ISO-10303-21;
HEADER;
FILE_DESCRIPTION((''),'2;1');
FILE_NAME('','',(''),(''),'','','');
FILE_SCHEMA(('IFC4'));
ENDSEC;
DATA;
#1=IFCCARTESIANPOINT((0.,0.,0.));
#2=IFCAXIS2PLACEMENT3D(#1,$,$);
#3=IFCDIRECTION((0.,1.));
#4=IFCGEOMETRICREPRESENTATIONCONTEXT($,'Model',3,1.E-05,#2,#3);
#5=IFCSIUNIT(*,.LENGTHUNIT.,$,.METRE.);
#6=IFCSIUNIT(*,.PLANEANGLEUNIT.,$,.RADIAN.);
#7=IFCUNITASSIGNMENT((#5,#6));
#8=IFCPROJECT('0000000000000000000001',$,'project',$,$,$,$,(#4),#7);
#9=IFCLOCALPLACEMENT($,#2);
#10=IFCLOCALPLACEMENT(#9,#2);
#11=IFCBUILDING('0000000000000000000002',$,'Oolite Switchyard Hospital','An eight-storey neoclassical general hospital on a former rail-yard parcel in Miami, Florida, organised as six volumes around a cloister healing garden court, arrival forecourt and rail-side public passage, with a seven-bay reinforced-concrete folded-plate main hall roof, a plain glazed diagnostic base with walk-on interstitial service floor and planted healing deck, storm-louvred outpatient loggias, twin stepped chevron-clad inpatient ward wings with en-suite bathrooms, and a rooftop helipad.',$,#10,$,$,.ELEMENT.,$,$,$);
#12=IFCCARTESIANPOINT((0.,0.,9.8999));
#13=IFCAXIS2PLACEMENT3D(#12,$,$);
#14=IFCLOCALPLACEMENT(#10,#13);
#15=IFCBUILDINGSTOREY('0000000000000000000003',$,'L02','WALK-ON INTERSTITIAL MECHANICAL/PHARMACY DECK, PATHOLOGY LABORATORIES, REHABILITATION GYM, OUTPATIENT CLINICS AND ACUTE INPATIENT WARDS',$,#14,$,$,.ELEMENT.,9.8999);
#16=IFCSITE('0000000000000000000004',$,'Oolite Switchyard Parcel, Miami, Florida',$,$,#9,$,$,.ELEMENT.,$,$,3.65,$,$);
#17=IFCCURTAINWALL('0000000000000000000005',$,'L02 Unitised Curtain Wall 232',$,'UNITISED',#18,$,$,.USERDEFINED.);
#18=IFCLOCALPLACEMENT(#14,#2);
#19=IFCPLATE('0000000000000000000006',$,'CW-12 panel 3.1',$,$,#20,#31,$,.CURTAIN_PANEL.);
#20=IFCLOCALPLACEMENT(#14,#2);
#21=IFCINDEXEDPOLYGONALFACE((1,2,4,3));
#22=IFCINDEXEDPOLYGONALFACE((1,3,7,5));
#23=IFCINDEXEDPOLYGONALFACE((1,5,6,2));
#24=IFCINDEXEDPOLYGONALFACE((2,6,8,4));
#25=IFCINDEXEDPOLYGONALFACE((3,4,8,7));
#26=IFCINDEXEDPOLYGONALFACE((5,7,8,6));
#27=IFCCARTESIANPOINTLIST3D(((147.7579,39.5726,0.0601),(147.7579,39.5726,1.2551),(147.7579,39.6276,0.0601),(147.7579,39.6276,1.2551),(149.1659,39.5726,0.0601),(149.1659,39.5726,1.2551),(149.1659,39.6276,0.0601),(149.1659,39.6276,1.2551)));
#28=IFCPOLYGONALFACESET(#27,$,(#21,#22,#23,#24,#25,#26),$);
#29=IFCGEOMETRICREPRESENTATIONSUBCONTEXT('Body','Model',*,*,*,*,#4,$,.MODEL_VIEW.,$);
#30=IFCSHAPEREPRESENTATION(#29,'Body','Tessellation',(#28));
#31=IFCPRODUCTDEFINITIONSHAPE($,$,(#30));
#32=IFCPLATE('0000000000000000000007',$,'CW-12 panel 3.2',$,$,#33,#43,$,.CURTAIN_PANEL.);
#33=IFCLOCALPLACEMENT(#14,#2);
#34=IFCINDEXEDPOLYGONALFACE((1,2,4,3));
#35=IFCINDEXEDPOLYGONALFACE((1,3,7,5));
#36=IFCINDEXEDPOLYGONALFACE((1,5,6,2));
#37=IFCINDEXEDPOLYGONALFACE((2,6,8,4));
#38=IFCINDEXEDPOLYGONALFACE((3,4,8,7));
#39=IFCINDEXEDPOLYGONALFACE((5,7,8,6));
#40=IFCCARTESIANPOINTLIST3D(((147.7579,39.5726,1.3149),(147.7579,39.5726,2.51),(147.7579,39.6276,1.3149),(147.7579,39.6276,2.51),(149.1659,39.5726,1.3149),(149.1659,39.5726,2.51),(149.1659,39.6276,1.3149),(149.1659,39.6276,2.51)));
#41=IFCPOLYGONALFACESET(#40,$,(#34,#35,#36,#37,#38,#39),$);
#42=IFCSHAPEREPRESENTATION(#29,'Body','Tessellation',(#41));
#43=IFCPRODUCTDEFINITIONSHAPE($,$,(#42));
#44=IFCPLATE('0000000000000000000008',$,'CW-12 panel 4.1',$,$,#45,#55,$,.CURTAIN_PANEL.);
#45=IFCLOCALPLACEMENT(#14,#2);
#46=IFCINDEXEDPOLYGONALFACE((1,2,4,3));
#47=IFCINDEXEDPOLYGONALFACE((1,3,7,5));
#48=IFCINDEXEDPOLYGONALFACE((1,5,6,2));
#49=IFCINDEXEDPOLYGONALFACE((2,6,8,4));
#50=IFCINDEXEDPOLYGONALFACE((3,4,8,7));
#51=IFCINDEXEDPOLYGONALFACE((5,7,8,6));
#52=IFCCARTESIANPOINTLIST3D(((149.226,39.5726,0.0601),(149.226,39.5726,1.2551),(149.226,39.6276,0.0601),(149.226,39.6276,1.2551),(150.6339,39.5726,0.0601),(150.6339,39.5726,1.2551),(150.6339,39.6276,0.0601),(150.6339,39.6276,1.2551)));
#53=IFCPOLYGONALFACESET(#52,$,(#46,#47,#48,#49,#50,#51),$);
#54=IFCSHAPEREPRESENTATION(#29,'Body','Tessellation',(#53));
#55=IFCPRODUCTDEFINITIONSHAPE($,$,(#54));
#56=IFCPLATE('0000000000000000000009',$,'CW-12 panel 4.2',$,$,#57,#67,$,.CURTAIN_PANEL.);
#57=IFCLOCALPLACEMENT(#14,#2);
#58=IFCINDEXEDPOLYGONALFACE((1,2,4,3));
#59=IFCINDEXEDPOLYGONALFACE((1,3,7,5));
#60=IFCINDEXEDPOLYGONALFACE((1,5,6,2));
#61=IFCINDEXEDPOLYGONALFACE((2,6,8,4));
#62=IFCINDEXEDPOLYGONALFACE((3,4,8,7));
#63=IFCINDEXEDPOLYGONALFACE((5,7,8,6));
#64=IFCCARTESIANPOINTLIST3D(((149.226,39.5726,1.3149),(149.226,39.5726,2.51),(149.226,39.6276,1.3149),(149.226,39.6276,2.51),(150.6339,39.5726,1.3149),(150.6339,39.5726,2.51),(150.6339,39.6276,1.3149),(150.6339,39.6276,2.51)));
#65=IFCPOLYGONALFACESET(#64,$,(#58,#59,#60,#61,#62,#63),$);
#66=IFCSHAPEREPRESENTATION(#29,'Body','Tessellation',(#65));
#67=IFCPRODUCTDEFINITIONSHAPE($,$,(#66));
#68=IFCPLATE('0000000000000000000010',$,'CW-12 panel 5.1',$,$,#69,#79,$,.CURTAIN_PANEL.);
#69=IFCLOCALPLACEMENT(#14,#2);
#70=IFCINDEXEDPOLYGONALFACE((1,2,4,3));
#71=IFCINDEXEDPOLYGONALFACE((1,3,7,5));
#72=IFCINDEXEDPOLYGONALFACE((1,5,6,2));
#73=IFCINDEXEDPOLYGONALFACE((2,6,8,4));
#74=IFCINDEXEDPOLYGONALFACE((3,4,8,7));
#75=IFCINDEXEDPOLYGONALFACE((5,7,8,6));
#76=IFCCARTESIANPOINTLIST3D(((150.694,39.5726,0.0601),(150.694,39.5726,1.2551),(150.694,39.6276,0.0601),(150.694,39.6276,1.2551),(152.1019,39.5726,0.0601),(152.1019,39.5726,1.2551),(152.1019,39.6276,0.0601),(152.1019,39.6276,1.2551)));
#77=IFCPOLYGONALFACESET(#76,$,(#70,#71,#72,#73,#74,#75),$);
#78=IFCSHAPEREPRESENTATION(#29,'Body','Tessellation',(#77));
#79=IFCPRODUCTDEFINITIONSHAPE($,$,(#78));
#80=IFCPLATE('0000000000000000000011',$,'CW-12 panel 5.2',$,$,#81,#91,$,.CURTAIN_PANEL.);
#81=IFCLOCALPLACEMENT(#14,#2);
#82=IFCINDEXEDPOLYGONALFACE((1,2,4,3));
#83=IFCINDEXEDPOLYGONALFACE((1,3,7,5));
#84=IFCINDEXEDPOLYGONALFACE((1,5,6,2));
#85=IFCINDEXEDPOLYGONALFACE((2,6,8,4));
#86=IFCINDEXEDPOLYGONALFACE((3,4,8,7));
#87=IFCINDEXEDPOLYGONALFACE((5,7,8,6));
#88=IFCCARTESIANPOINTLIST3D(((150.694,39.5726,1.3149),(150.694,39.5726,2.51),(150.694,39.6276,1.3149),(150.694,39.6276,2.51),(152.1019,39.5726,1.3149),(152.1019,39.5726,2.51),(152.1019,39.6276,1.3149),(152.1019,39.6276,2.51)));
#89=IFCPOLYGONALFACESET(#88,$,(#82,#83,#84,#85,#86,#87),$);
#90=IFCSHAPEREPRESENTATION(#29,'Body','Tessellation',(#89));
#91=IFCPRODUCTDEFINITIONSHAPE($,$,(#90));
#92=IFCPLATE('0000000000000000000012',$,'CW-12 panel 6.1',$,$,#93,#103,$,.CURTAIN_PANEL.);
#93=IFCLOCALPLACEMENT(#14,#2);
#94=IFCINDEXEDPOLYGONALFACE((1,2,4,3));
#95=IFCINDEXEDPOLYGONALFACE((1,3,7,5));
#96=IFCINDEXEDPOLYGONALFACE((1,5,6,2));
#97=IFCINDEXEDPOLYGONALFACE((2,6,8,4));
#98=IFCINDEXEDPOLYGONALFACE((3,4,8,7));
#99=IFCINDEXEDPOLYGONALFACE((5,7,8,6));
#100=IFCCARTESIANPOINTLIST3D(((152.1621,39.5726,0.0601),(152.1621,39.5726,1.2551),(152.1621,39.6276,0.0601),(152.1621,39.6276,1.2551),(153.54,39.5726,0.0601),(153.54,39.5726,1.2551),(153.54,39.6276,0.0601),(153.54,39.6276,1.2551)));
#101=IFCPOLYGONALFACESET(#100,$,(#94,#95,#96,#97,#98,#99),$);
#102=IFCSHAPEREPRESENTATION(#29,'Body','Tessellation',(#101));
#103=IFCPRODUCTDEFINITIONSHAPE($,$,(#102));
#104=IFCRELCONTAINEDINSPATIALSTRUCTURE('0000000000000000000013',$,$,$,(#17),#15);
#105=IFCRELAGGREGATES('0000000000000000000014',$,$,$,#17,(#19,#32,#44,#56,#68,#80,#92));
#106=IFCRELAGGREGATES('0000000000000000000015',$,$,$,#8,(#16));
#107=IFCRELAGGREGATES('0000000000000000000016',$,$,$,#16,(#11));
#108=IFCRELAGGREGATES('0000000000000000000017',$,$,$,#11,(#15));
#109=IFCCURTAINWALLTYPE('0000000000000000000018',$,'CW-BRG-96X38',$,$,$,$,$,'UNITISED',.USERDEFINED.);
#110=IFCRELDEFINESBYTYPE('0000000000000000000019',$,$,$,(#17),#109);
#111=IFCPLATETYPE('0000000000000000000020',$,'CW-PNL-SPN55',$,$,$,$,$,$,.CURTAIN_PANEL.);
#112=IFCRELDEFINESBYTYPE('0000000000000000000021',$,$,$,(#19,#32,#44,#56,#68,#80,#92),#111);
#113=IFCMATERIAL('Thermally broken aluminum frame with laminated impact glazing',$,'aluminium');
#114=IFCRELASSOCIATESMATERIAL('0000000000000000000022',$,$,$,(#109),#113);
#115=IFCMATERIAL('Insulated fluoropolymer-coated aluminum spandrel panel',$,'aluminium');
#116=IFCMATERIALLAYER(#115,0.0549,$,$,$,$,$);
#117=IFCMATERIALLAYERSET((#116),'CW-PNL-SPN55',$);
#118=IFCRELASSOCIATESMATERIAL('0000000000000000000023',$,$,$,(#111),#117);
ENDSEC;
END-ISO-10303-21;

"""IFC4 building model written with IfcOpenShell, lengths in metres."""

from ifc_helpers import new_model, si_unit, direction, frame, origin, origin_2d, place, context, subcontext, project, spatial, rectangle, extrude, material, layer, layer_set, type_object, element, aggregate, save


model = new_model("IFC4")

# Units and contexts
model_context = context("Model", 3, precision=1e-05, world=origin(), true_north=direction((0.0, 1.0)))
body_context = subcontext(model_context, "Body", "Model", "MODEL_VIEW")
ifc_project = project(units=[si_unit("LENGTHUNIT", "METRE"), si_unit("PLANEANGLEUNIT", "RADIAN")], contexts=[model_context])

# Site, building, storey
site_placement = place(None, origin())
site = spatial("IfcSite", under=ifc_project, at=site_placement, Name="Oolite Switchyard Parcel, Miami, Florida", CompositionType="ELEMENT", RefElevation=3.65)
building_placement = place(site_placement, origin())
building = spatial("IfcBuilding", under=site, at=building_placement, Name="Oolite Switchyard Hospital", Description="An eight-storey neoclassical general hospital on a former rail-yard parcel in Miami, Florida, organised as six volumes around a cloister healing garden court, arrival forecourt and rail-side public passage, with a seven-bay reinforced-concrete folded-plate main hall roof, a plain glazed diagnostic base with walk-on interstitial service floor and planted healing deck, storm-louvred outpatient loggias, twin stepped chevron-clad inpatient ward wings with en-suite bathrooms, and a rooftop helipad.", CompositionType="ELEMENT")
storey_placement = place(building_placement, frame((0.0, 0.0, 9.8999)))
storey = spatial("IfcBuildingStorey", under=building, at=storey_placement, Name="L02", Description="WALK-ON INTERSTITIAL MECHANICAL/PHARMACY DECK, PATHOLOGY LABORATORIES, REHABILITATION GYM, OUTPATIENT CLINICS AND ACUTE INPATIENT WARDS", CompositionType="ELEMENT", Elevation=9.8999)

# Curtain wall
ifc_material_1 = material(Name="Thermally broken aluminum frame with laminated impact glazing", Category="aluminium")
curtain_wall_type = type_object("IfcCurtainWallType", Name="CW-BRG-96X38", ElementType="UNITISED", PredefinedType="USERDEFINED", material=ifc_material_1)
curtain_wall_1_placement = place(storey_placement, origin())
curtain_wall_1 = element("IfcCurtainWall", 1, at=curtain_wall_1_placement, inside=storey, type_object=curtain_wall_type, Name="L02 Unitised Curtain Wall 232", ObjectType="UNITISED", PredefinedType="USERDEFINED")

# Plates
ifc_material_2 = material(Name="Insulated fluoropolymer-coated aluminum spandrel panel", Category="aluminium")
ifc_layer = layer(ifc_material_2, 0.0549)
ifc_layer_set = layer_set([ifc_layer], Name="CW-PNL-SPN55")
plate_type = type_object("IfcPlateType", Name="CW-PNL-SPN55", PredefinedType="CURTAIN_PANEL", material=ifc_layer_set)
plate_1_placement = place(storey_placement, frame((148.4619, 39.6001, 0.0601), z_axis=(0.0, 0.0, 1.0), x_axis=(1.0, 0.0, 0.0)))
plate_1 = element("IfcPlate", 2, at=plate_1_placement, type_object=plate_type, Name="CW-12 panel 3.1", PredefinedType="CURTAIN_PANEL", context=body_context, shape_type="SweptSolid", body=[
    extrude(rectangle(XDim=1.408, YDim=0.0549, at=origin_2d()), origin(), (0.0, 0.0, 1.0), 1.1951),
])
plate_2_placement = place(storey_placement, frame((148.4619, 39.6001, 1.3149), z_axis=(0.0, 0.0, 1.0), x_axis=(1.0, 0.0, 0.0)))
plate_2 = element("IfcPlate", 3, at=plate_2_placement, type_object=plate_type, Name="CW-12 panel 3.2", PredefinedType="CURTAIN_PANEL", context=body_context, shape_type="SweptSolid", body=[
    extrude(rectangle(XDim=1.408, YDim=0.0549, at=origin_2d()), origin(), (0.0, 0.0, 1.0), 1.1951),
])
plate_3_placement = place(storey_placement, frame((149.9299, 39.6001, 0.0601), z_axis=(0.0, 0.0, 1.0), x_axis=(1.0, 0.0, 0.0)))
plate_3 = element("IfcPlate", 4, at=plate_3_placement, type_object=plate_type, Name="CW-12 panel 4.1", PredefinedType="CURTAIN_PANEL", context=body_context, shape_type="SweptSolid", body=[
    extrude(rectangle(XDim=1.408, YDim=0.0549, at=origin_2d()), origin(), (0.0, 0.0, 1.0), 1.1951),
])
plate_4_placement = place(storey_placement, frame((149.9299, 39.6001, 1.3149), z_axis=(0.0, 0.0, 1.0), x_axis=(1.0, 0.0, 0.0)))
plate_4 = element("IfcPlate", 5, at=plate_4_placement, type_object=plate_type, Name="CW-12 panel 4.2", PredefinedType="CURTAIN_PANEL", context=body_context, shape_type="SweptSolid", body=[
    extrude(rectangle(XDim=1.408, YDim=0.0549, at=origin_2d()), origin(), (0.0, 0.0, 1.0), 1.1951),
])
plate_5_placement = place(storey_placement, frame((151.3979, 39.6001, 0.0601), z_axis=(0.0, 0.0, 1.0), x_axis=(1.0, 0.0, 0.0)))
plate_5 = element("IfcPlate", 6, at=plate_5_placement, type_object=plate_type, Name="CW-12 panel 5.1", PredefinedType="CURTAIN_PANEL", context=body_context, shape_type="SweptSolid", body=[
    extrude(rectangle(XDim=1.408, YDim=0.0549, at=origin_2d()), origin(), (0.0, 0.0, 1.0), 1.1951),
])
plate_6_placement = place(storey_placement, frame((151.3979, 39.6001, 1.3149), z_axis=(0.0, 0.0, 1.0), x_axis=(1.0, 0.0, 0.0)))
plate_6 = element("IfcPlate", 7, at=plate_6_placement, type_object=plate_type, Name="CW-12 panel 5.2", PredefinedType="CURTAIN_PANEL", context=body_context, shape_type="SweptSolid", body=[
    extrude(rectangle(XDim=1.408, YDim=0.0549, at=origin_2d()), origin(), (0.0, 0.0, 1.0), 1.1951),
])
plate_7_placement = place(storey_placement, frame((152.8511, 39.6001, 0.0601), z_axis=(0.0, 0.0, 1.0), x_axis=(1.0, 0.0, 0.0)))
plate_7 = element("IfcPlate", 8, at=plate_7_placement, type_object=plate_type, Name="CW-12 panel 6.1", PredefinedType="CURTAIN_PANEL", context=body_context, shape_type="SweptSolid", body=[
    extrude(rectangle(XDim=1.3779, YDim=0.0549, at=origin_2d()), origin(), (0.0, 0.0, 1.0), 1.1951),
])
aggregate(curtain_wall_1, [plate_1, plate_2, plate_3, plate_4, plate_5, plate_6, plate_7])

save(model, "model.ifc")
